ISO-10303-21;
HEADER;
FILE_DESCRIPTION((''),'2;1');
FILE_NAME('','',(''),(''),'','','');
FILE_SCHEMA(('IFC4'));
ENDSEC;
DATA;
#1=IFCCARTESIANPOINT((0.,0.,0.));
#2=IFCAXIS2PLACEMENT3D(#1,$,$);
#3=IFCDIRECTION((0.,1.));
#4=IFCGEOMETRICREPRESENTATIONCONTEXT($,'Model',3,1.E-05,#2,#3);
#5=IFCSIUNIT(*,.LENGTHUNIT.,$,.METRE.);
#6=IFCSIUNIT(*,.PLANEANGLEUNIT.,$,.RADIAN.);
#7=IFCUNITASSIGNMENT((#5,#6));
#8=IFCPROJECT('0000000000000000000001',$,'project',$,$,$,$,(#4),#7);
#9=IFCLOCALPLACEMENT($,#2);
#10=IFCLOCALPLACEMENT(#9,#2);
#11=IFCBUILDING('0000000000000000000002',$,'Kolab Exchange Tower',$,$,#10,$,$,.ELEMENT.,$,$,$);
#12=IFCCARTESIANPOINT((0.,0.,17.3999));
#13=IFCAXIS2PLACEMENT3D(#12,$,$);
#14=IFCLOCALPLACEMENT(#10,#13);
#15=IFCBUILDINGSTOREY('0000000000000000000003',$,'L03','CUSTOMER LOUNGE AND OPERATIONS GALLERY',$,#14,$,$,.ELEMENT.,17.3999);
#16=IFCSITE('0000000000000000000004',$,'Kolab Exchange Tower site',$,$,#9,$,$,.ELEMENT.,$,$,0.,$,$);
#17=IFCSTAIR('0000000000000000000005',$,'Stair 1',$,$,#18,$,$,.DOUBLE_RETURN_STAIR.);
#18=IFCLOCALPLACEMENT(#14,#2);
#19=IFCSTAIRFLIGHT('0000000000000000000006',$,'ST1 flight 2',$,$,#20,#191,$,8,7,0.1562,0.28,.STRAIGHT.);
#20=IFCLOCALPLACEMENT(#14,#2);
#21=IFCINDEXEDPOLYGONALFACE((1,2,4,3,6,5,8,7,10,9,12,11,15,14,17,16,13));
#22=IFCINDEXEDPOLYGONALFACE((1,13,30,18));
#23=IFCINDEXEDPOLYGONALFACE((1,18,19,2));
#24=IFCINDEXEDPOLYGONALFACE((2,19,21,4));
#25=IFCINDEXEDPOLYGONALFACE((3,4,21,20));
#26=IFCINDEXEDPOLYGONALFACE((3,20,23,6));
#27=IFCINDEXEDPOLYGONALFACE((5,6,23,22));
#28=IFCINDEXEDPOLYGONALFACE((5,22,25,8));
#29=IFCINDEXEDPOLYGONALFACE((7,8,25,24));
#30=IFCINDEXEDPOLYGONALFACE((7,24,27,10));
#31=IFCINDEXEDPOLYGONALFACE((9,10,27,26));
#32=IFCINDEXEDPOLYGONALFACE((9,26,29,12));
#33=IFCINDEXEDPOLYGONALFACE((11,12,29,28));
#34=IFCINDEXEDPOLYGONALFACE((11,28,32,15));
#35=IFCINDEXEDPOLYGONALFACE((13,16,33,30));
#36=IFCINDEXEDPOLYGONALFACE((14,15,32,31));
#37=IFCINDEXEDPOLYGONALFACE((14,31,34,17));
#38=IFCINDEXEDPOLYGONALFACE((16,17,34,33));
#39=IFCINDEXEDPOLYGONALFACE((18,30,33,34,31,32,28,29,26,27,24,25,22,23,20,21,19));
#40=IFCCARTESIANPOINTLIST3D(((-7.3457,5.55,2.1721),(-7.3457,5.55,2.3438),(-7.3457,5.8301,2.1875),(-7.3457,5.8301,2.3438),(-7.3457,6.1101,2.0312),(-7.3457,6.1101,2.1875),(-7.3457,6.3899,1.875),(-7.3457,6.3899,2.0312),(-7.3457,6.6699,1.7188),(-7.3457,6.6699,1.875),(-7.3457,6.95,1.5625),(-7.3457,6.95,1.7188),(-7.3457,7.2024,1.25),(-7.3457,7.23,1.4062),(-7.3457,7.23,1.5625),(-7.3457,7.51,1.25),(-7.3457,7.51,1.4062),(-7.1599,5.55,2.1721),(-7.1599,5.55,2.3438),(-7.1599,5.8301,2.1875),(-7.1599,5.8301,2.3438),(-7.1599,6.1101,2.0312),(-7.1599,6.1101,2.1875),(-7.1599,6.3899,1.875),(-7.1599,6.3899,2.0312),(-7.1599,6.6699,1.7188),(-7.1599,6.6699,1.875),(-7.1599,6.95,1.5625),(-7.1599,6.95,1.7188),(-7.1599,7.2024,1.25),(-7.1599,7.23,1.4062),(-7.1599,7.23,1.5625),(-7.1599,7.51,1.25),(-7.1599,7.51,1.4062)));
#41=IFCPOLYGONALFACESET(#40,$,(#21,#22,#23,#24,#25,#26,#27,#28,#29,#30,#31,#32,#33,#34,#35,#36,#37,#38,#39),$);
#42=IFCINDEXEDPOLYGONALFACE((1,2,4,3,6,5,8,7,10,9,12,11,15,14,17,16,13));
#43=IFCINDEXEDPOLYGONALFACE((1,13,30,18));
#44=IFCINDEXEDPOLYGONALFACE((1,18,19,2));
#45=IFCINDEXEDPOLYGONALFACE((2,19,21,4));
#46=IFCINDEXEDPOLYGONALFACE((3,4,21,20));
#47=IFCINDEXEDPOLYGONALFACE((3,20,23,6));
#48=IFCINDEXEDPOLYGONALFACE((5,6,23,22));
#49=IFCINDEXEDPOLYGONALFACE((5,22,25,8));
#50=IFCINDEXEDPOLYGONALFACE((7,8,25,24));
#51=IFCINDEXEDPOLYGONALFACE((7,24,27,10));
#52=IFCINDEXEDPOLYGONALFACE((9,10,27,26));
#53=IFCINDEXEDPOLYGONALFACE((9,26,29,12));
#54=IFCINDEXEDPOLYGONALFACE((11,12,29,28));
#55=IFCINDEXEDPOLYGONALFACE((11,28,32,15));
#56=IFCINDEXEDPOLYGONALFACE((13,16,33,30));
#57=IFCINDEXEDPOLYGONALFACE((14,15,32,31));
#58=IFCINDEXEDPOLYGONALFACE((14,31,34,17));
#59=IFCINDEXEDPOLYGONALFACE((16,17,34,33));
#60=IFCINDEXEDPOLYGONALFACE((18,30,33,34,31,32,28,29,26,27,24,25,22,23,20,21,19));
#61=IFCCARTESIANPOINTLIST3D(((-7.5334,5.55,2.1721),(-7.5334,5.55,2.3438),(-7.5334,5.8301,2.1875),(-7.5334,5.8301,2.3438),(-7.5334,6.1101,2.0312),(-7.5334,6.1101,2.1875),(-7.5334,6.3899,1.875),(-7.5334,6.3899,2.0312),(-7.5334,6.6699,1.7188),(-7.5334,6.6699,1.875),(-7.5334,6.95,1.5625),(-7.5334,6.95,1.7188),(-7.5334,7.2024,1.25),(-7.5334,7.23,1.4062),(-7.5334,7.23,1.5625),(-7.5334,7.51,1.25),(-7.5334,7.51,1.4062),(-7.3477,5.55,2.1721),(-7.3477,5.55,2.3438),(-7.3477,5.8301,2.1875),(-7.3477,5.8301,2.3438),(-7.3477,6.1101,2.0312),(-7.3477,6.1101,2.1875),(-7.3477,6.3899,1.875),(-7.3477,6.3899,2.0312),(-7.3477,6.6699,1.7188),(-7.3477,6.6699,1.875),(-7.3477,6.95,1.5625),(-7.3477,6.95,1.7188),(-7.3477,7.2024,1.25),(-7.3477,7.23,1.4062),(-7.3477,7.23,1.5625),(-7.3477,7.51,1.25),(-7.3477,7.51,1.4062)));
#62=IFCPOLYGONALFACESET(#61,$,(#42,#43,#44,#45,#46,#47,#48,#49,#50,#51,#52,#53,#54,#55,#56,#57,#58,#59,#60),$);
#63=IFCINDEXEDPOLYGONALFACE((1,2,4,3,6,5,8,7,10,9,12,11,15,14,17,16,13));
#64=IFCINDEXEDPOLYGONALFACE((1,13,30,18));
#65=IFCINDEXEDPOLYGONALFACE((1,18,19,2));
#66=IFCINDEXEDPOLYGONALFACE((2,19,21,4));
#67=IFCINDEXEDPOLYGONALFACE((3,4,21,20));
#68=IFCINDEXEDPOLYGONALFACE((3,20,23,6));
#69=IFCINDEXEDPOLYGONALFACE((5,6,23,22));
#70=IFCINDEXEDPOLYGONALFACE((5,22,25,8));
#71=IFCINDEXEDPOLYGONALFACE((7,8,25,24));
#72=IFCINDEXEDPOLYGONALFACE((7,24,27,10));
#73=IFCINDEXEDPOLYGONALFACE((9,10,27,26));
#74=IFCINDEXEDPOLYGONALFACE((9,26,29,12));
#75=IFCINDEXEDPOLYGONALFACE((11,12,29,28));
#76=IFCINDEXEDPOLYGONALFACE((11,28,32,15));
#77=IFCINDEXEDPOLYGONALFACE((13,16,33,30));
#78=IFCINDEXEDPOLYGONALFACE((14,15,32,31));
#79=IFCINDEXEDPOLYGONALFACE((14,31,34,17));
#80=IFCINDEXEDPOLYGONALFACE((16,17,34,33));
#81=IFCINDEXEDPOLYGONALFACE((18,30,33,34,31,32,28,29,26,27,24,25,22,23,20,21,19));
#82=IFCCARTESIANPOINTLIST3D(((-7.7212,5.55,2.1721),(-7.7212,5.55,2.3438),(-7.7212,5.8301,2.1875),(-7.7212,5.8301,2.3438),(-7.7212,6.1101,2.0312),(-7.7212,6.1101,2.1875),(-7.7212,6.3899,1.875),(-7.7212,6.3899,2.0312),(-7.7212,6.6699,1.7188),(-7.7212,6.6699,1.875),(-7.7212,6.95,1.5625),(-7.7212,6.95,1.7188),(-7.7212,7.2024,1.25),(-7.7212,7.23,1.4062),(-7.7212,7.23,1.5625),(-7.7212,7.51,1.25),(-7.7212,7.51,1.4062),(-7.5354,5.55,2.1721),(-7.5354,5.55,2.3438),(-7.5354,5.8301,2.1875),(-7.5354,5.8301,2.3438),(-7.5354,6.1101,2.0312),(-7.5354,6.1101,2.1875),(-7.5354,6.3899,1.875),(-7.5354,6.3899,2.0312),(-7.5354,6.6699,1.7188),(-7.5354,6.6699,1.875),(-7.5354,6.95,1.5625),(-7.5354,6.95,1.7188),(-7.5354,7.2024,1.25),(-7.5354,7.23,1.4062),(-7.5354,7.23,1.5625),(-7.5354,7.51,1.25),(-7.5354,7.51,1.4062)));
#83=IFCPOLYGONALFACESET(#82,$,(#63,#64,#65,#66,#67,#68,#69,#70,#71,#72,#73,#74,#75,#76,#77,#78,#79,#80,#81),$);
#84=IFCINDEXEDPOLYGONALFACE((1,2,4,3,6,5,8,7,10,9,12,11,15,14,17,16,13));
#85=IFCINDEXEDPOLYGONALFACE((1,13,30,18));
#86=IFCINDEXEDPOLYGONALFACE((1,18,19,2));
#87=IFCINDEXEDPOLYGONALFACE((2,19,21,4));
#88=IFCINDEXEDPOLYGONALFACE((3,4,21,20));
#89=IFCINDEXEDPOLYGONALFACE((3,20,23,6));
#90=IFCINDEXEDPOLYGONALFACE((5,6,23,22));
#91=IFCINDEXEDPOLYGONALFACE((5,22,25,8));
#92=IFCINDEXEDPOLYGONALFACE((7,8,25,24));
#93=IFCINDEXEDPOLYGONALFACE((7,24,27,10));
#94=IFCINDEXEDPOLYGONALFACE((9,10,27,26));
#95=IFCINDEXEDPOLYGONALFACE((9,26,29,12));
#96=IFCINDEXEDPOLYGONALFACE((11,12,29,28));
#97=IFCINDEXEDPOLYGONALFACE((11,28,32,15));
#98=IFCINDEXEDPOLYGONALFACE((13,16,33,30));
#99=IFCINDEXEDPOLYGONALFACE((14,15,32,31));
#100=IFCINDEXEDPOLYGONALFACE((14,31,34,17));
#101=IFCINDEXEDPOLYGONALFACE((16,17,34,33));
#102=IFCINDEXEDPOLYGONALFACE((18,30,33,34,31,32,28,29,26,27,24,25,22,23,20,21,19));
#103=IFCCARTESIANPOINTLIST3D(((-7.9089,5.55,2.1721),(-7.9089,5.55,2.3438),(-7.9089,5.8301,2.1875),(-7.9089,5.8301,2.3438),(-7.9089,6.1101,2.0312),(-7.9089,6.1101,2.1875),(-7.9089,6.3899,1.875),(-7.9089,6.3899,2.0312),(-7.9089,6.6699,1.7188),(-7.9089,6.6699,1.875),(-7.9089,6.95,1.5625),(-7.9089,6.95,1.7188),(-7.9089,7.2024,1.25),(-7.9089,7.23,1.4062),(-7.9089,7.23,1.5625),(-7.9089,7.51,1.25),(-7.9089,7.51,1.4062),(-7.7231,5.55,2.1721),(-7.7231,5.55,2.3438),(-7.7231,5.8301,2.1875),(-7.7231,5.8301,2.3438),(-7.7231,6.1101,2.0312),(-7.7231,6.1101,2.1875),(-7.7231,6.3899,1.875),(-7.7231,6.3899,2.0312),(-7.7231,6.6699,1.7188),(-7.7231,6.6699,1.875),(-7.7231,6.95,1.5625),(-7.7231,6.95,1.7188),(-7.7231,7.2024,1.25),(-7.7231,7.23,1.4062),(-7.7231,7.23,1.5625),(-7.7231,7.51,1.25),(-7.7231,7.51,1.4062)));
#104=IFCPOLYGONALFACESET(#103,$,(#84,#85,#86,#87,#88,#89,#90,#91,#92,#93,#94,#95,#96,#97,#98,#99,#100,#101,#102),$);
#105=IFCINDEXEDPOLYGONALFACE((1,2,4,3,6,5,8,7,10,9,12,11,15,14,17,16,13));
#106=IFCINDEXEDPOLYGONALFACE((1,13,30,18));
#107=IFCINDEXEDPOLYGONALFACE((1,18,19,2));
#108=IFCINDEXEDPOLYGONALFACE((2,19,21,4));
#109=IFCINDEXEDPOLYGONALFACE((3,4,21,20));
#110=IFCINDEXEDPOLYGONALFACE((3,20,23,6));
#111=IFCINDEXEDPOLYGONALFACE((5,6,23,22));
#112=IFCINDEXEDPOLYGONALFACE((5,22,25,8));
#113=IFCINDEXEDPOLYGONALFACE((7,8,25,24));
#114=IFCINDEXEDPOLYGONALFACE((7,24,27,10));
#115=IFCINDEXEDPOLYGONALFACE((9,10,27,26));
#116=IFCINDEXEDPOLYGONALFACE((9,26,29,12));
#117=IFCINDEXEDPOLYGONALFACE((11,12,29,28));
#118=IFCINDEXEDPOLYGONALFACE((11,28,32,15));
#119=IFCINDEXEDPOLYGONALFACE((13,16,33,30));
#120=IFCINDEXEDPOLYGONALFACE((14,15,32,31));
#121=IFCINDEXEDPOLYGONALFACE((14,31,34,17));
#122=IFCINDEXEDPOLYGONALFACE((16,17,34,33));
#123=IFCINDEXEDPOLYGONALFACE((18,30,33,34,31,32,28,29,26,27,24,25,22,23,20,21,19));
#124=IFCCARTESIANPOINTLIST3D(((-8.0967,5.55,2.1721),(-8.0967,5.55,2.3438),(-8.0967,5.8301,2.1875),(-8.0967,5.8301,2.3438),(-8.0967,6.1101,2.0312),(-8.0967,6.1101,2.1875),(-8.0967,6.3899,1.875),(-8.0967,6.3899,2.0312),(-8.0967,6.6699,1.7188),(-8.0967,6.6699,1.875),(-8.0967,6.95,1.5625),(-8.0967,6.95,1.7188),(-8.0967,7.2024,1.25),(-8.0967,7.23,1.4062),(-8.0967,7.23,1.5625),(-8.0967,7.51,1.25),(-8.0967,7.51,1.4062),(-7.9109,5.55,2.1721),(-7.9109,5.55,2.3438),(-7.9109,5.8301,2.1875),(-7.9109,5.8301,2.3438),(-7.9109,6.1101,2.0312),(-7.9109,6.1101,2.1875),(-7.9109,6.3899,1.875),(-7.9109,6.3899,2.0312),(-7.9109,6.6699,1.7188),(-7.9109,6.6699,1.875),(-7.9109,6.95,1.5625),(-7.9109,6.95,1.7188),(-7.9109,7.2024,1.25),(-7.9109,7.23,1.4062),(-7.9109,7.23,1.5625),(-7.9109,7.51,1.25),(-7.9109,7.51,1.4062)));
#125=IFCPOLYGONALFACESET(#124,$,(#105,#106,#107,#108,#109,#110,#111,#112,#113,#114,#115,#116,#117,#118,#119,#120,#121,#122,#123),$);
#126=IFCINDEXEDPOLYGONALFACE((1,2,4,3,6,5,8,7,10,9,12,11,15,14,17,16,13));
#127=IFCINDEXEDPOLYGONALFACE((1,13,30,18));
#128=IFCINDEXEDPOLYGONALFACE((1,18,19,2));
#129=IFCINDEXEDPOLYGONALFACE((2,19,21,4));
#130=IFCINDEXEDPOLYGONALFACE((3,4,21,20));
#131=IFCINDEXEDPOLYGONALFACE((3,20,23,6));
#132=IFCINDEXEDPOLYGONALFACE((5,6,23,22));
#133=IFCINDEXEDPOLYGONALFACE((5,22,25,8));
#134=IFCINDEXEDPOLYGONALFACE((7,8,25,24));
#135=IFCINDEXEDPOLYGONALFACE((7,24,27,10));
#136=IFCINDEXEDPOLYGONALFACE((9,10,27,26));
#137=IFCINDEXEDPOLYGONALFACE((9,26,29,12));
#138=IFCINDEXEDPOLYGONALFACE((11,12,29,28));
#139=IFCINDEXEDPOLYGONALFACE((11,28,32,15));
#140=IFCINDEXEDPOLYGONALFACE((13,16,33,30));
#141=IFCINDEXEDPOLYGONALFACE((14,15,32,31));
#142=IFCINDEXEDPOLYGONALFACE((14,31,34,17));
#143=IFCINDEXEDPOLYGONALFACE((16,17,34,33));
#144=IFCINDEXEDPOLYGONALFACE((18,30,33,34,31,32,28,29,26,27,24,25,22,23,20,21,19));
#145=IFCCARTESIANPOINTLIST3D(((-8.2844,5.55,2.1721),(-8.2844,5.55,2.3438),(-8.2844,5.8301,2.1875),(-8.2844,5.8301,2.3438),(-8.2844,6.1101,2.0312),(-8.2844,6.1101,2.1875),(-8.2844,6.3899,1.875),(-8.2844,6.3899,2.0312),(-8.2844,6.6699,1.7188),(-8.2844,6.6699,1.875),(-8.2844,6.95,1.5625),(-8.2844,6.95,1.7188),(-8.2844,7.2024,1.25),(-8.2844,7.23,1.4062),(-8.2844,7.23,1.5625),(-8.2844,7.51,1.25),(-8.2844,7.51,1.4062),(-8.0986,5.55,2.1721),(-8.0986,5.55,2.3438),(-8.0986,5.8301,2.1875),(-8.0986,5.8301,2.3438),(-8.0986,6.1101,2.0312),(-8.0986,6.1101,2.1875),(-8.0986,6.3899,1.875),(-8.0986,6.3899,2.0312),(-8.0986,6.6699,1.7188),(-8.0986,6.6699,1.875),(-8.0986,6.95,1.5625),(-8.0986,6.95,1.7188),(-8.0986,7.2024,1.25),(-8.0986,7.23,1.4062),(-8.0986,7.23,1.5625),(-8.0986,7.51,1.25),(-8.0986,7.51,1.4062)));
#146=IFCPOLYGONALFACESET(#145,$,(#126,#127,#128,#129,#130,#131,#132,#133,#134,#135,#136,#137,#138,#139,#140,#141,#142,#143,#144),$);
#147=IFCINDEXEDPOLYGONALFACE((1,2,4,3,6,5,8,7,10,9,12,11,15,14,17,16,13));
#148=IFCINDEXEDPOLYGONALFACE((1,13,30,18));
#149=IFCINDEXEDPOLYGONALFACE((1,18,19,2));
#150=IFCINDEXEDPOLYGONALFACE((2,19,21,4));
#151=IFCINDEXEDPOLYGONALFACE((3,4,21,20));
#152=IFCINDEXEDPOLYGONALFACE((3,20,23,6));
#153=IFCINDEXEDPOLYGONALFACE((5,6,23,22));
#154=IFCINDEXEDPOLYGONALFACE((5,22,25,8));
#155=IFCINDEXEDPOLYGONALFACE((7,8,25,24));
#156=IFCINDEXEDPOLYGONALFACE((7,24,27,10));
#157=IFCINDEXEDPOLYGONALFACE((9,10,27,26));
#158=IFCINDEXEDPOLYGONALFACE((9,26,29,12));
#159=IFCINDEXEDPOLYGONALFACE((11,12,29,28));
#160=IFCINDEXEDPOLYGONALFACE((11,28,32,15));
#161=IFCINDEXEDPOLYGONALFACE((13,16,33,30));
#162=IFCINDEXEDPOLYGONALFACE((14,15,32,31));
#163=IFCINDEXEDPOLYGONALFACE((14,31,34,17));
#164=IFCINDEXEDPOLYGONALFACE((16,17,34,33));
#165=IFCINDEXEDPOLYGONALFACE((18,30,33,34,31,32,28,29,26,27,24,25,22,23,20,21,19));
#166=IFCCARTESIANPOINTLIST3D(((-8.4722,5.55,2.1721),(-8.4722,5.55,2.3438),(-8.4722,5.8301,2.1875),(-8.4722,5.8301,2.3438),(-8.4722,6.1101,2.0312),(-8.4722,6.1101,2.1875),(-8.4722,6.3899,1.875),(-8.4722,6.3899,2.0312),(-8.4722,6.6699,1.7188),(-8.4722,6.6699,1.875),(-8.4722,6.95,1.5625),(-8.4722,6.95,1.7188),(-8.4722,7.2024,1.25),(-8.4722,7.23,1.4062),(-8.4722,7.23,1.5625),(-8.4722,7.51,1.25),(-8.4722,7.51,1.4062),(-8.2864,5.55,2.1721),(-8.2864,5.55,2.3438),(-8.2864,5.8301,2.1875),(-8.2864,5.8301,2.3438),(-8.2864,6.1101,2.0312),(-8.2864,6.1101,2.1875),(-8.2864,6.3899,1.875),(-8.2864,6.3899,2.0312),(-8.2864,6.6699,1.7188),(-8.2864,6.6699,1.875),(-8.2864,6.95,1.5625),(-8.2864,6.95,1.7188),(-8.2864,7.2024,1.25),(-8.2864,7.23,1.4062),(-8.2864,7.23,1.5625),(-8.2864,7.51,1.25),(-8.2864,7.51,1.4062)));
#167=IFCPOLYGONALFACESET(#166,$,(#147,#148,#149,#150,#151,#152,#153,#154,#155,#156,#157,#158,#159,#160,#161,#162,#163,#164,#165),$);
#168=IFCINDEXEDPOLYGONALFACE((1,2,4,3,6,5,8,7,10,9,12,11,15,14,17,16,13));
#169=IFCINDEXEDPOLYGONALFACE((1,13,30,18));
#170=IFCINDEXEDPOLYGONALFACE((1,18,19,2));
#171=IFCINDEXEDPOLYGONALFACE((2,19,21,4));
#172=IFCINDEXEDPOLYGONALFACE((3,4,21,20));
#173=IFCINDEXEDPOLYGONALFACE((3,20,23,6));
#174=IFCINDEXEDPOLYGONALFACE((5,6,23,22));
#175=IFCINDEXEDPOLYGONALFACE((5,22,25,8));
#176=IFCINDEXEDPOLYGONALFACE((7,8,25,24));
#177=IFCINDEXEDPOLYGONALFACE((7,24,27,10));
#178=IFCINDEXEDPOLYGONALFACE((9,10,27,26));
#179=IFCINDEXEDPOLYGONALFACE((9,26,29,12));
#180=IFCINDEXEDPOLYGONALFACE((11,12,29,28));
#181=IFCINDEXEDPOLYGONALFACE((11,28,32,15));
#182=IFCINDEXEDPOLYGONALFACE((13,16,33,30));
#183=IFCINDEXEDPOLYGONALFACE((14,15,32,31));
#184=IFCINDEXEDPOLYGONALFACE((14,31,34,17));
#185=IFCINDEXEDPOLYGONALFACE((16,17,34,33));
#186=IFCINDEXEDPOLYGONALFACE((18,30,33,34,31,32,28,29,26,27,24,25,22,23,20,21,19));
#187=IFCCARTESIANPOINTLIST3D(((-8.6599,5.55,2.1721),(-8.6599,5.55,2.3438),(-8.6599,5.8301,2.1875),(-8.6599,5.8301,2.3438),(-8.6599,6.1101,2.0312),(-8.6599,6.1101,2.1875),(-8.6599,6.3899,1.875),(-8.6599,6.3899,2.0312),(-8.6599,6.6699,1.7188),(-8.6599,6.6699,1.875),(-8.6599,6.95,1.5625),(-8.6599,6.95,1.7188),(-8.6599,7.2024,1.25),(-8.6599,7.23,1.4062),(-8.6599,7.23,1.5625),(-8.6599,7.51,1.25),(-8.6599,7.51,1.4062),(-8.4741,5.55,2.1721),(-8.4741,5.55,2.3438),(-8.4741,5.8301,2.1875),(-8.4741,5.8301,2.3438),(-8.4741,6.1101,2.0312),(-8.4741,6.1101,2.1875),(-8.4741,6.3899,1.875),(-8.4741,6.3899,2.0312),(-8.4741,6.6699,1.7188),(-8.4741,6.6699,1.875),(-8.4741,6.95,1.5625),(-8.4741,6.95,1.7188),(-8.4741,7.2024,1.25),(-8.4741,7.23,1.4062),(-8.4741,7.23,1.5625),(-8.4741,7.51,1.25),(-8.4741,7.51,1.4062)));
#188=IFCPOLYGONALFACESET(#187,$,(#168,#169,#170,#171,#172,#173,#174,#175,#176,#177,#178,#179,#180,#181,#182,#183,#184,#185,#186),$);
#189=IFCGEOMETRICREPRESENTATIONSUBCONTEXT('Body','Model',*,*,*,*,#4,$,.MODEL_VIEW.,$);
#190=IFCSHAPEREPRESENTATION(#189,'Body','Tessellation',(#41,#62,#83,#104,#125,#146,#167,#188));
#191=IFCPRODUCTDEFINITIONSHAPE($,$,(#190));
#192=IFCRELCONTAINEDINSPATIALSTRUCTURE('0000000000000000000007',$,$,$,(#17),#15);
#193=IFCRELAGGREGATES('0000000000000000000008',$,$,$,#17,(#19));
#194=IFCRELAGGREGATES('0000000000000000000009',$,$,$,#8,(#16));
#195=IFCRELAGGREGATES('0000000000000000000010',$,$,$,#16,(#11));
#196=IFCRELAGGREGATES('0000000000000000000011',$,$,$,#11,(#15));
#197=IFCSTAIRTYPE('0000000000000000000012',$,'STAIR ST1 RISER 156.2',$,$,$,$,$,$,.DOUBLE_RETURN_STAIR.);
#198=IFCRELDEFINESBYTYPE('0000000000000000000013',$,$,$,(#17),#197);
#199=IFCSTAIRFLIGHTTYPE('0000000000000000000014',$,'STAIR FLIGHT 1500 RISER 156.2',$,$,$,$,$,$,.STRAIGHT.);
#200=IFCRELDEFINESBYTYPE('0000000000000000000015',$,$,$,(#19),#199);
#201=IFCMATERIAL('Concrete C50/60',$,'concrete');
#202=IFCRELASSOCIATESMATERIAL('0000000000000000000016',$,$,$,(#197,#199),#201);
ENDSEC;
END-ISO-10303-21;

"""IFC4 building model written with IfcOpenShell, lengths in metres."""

from ifc_helpers import new_model, si_unit, direction, frame, origin, place, context, subcontext, project, spatial, polyline, outline, extrude, material, type_object, element, aggregate, save


model = new_model("IFC4")

# Units and contexts
model_context = context("Model", 3, precision=1e-05, world=origin(), true_north=direction((0.0, 1.0)))
body_context = subcontext(model_context, "Body", "Model", "MODEL_VIEW")
ifc_project = project(units=[si_unit("LENGTHUNIT", "METRE"), si_unit("PLANEANGLEUNIT", "RADIAN")], contexts=[model_context])

# Site, building, storey
site_placement = place(None, origin())
site = spatial("IfcSite", under=ifc_project, at=site_placement, Name="Kolab Exchange Tower site", CompositionType="ELEMENT", RefElevation=0.0)
building_placement = place(site_placement, origin())
building = spatial("IfcBuilding", under=site, at=building_placement, Name="Kolab Exchange Tower", CompositionType="ELEMENT")
storey_placement = place(building_placement, frame((0.0, 0.0, 17.3999)))
storey = spatial("IfcBuildingStorey", under=building, at=storey_placement, Name="L03", Description="CUSTOMER LOUNGE AND OPERATIONS GALLERY", CompositionType="ELEMENT", Elevation=17.3999)

# Shared definitions
ifc_material_1 = material(Name="Concrete C50/60", Category="concrete")

# Stair, stair flight
stair_type = type_object("IfcStairType", Name="STAIR ST1 RISER 156.2", PredefinedType="DOUBLE_RETURN_STAIR", material=ifc_material_1)
stair_placement = place(storey_placement, origin())
stair = element("IfcStair", 1, at=stair_placement, inside=storey, type_object=stair_type, Name="Stair 1", PredefinedType="DOUBLE_RETURN_STAIR")
stair_flight_type = type_object("IfcStairFlightType", Name="STAIR FLIGHT 1500 RISER 156.2", PredefinedType="STRAIGHT", material=ifc_material_1)
stair_flight_1_placement = place(storey_placement, frame((-7.9099, 7.51, 1.25), z_axis=(0.0, 0.0, 1.0), x_axis=(0.0, -1.0, 0.0)))
stair_flight_1 = element("IfcStairFlight", 2, at=stair_flight_1_placement, type_object=stair_flight_type, Name="ST1 flight 2", NumberOfRisers=8, NumberOfTreads=7, PredefinedType="STRAIGHT", RiserHeight=0.1562, TreadLength=0.28, context=body_context, shape_type="SweptSolid", body=[
    extrude(outline(polyline([(0.0, 0.0), (0.0, 0.1562), (0.28, 0.1562), (0.28, 0.3125), (0.5601, 0.3125), (0.5601, 0.4688), (0.8401, 0.4688), (0.8401, 0.625), (1.1201, 0.625), (1.1201, 0.7812), (1.3999, 0.7812), (1.3999, 0.9375), (1.6799, 0.9375), (1.6799, 1.0938), (1.96, 1.0938), (1.96, 1.25), (1.96, 0.9221), (0.3076, 0.0), (0.0, 0.0)])), frame((0.0, 0.75, 0.0), z_axis=(0.0, -1.0, 0.0), x_axis=(1.0, 0.0, 0.0)), (0.0, 0.0, 1.0), 0.1858),
    extrude(outline(polyline([(0.0, 0.0), (0.0, 0.1562), (0.28, 0.1562), (0.28, 0.3125), (0.5601, 0.3125), (0.5601, 0.4688), (0.8401, 0.4688), (0.8401, 0.625), (1.1201, 0.625), (1.1201, 0.7812), (1.3999, 0.7812), (1.3999, 0.9375), (1.6799, 0.9375), (1.6799, 1.0938), (1.96, 1.0938), (1.96, 1.25), (1.96, 0.9221), (0.3076, 0.0), (0.0, 0.0)])), frame((0.0, 0.5623, 0.0), z_axis=(0.0, -1.0, 0.0), x_axis=(1.0, 0.0, 0.0)), (0.0, 0.0, 1.0), 0.1858),
    extrude(outline(polyline([(0.0, 0.0), (0.0, 0.1562), (0.28, 0.1562), (0.28, 0.3125), (0.5601, 0.3125), (0.5601, 0.4688), (0.8401, 0.4688), (0.8401, 0.625), (1.1201, 0.625), (1.1201, 0.7812), (1.3999, 0.7812), (1.3999, 0.9375), (1.6799, 0.9375), (1.6799, 1.0938), (1.96, 1.0938), (1.96, 1.25), (1.96, 0.9221), (0.3076, 0.0), (0.0, 0.0)])), frame((0.0, 0.3745, 0.0), z_axis=(0.0, -1.0, 0.0), x_axis=(1.0, 0.0, 0.0)), (0.0, 0.0, 1.0), 0.1858),
    extrude(outline(polyline([(0.0, 0.0), (0.0, 0.1562), (0.28, 0.1562), (0.28, 0.3125), (0.5601, 0.3125), (0.5601, 0.4688), (0.8401, 0.4688), (0.8401, 0.625), (1.1201, 0.625), (1.1201, 0.7812), (1.3999, 0.7812), (1.3999, 0.9375), (1.6799, 0.9375), (1.6799, 1.0938), (1.96, 1.0938), (1.96, 1.25), (1.96, 0.9221), (0.3076, 0.0), (0.0, 0.0)])), frame((0.0, 0.1868, 0.0), z_axis=(0.0, -1.0, 0.0), x_axis=(1.0, 0.0, 0.0)), (0.0, 0.0, 1.0), 0.1858),
    extrude(outline(polyline([(0.0, 0.0), (0.0, 0.1562), (0.28, 0.1562), (0.28, 0.3125), (0.5601, 0.3125), (0.5601, 0.4688), (0.8401, 0.4688), (0.8401, 0.625), (1.1201, 0.625), (1.1201, 0.7812), (1.3999, 0.7812), (1.3999, 0.9375), (1.6799, 0.9375), (1.6799, 1.0938), (1.96, 1.0938), (1.96, 1.25), (1.96, 0.9221), (0.3076, 0.0), (0.0, 0.0)])), frame((0.0, -0.001, 0.0), z_axis=(0.0, -1.0, 0.0), x_axis=(1.0, 0.0, 0.0)), (0.0, 0.0, 1.0), 0.1858),
    extrude(outline(polyline([(0.0, 0.0), (0.0, 0.1562), (0.28, 0.1562), (0.28, 0.3125), (0.5601, 0.3125), (0.5601, 0.4688), (0.8401, 0.4688), (0.8401, 0.625), (1.1201, 0.625), (1.1201, 0.7812), (1.3999, 0.7812), (1.3999, 0.9375), (1.6799, 0.9375), (1.6799, 1.0938), (1.96, 1.0938), (1.96, 1.25), (1.96, 0.9221), (0.3076, 0.0), (0.0, 0.0)])), frame((0.0, -0.1887, 0.0), z_axis=(0.0, -1.0, 0.0), x_axis=(1.0, 0.0, 0.0)), (0.0, 0.0, 1.0), 0.1858),
    extrude(outline(polyline([(0.0, 0.0), (0.0, 0.1562), (0.28, 0.1562), (0.28, 0.3125), (0.5601, 0.3125), (0.5601, 0.4688), (0.8401, 0.4688), (0.8401, 0.625), (1.1201, 0.625), (1.1201, 0.7812), (1.3999, 0.7812), (1.3999, 0.9375), (1.6799, 0.9375), (1.6799, 1.0938), (1.96, 1.0938), (1.96, 1.25), (1.96, 0.9221), (0.3076, 0.0), (0.0, 0.0)])), frame((0.0, -0.3765, 0.0), z_axis=(0.0, -1.0, 0.0), x_axis=(1.0, 0.0, 0.0)), (0.0, 0.0, 1.0), 0.1858),
    extrude(outline(polyline([(0.0, 0.0), (0.0, 0.1562), (0.28, 0.1562), (0.28, 0.3125), (0.5601, 0.3125), (0.5601, 0.4688), (0.8401, 0.4688), (0.8401, 0.625), (1.1201, 0.625), (1.1201, 0.7812), (1.3999, 0.7812), (1.3999, 0.9375), (1.6799, 0.9375), (1.6799, 1.0938), (1.96, 1.0938), (1.96, 1.25), (1.96, 0.9221), (0.3076, 0.0), (0.0, 0.0)])), frame((0.0, -0.5642, 0.0), z_axis=(0.0, -1.0, 0.0), x_axis=(1.0, 0.0, 0.0)), (0.0, 0.0, 1.0), 0.1858),
])
aggregate(stair, [stair_flight_1])

save(model, "model.ifc")
